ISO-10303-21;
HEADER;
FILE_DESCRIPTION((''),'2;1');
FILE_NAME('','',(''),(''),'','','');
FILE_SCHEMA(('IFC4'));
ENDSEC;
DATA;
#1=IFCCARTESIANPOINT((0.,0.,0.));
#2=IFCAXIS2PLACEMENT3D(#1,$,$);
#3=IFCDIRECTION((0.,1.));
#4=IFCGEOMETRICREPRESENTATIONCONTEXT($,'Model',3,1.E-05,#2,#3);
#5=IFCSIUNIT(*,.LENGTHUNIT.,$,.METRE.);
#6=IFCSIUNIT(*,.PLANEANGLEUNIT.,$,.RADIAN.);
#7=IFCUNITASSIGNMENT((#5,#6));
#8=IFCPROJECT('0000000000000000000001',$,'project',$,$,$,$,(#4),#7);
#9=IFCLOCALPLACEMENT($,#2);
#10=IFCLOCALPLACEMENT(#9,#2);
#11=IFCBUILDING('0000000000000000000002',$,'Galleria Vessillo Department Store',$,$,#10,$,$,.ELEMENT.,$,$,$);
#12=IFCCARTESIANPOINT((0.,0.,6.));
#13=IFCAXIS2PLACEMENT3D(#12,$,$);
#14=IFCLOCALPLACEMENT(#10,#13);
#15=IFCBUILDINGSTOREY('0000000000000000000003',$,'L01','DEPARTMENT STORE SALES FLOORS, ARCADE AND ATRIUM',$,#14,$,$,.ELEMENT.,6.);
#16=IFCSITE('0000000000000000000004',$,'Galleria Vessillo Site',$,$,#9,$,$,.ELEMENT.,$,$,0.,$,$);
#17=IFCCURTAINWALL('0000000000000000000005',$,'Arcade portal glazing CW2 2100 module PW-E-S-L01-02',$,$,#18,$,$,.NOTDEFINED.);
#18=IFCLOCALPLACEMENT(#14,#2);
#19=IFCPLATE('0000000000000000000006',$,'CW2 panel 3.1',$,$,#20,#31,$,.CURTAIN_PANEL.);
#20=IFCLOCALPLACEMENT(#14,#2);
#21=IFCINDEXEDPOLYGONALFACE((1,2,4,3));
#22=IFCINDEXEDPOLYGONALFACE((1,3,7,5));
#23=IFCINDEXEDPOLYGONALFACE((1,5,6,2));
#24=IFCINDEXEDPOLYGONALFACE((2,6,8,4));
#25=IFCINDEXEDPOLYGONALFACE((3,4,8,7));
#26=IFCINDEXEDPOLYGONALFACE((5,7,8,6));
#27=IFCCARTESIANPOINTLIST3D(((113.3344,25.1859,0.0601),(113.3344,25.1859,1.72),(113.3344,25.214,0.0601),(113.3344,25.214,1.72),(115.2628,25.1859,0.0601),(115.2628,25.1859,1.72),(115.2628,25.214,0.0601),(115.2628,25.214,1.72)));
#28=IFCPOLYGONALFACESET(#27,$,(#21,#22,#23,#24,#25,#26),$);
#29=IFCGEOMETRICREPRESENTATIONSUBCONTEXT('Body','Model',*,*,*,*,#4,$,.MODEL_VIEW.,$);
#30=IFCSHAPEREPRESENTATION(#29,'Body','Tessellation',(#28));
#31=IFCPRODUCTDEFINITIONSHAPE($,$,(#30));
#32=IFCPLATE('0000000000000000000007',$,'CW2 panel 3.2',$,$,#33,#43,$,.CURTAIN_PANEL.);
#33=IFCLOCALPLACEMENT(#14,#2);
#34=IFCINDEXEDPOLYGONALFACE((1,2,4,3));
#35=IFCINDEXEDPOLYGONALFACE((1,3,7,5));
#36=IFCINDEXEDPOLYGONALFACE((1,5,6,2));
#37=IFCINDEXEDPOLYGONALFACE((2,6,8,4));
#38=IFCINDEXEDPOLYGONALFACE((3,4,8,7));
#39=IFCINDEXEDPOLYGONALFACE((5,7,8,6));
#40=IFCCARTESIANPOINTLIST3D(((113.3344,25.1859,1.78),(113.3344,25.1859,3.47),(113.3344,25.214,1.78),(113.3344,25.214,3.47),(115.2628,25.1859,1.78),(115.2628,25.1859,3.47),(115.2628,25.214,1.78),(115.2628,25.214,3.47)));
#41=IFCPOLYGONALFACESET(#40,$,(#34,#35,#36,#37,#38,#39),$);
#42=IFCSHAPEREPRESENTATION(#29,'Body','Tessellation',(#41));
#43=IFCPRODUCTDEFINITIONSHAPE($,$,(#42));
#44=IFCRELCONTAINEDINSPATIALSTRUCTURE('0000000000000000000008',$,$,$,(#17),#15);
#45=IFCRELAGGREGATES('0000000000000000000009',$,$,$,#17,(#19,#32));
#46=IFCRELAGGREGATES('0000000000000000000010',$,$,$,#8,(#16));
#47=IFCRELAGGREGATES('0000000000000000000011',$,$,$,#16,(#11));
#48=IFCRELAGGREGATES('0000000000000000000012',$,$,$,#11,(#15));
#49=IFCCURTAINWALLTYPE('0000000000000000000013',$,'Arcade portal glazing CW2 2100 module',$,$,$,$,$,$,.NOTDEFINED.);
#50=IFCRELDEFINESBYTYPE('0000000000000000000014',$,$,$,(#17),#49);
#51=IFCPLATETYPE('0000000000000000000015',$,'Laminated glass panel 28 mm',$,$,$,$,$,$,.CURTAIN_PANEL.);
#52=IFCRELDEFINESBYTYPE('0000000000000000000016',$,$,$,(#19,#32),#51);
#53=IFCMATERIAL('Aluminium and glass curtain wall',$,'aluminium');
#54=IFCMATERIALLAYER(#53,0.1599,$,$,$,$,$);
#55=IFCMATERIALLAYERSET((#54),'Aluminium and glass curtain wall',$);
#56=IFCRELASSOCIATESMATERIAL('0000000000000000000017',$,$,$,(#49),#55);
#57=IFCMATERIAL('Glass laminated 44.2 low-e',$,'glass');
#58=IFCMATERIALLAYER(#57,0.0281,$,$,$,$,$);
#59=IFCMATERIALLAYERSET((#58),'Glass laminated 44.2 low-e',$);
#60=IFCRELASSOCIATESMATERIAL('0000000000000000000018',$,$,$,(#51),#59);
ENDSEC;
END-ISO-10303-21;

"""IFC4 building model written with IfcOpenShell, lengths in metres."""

from ifc_helpers import new_model, si_unit, direction, frame, origin, origin_2d, place, context, subcontext, project, spatial, rectangle, extrude, material, layer, layer_set, type_object, element, aggregate, save


model = new_model("IFC4")

# Units and contexts
model_context = context("Model", 3, precision=1e-05, world=origin(), true_north=direction((0.0, 1.0)))
body_context = subcontext(model_context, "Body", "Model", "MODEL_VIEW")
ifc_project = project(units=[si_unit("LENGTHUNIT", "METRE"), si_unit("PLANEANGLEUNIT", "RADIAN")], contexts=[model_context])

# Site, building, storey
site_placement = place(None, origin())
site = spatial("IfcSite", under=ifc_project, at=site_placement, Name="Galleria Vessillo Site", CompositionType="ELEMENT", RefElevation=0.0)
building_placement = place(site_placement, origin())
building = spatial("IfcBuilding", under=site, at=building_placement, Name="Galleria Vessillo Department Store", CompositionType="ELEMENT")
storey_placement = place(building_placement, frame((0.0, 0.0, 6.0)))
storey = spatial("IfcBuildingStorey", under=building, at=storey_placement, Name="L01", Description="DEPARTMENT STORE SALES FLOORS, ARCADE AND ATRIUM", CompositionType="ELEMENT", Elevation=6.0)

# Shared definitions
ifc_material_1 = material(Name="Aluminium and glass curtain wall", Category="aluminium")
ifc_layer_1 = layer(ifc_material_1, 0.1599)
ifc_layer_set_1 = layer_set([ifc_layer_1], Name="Aluminium and glass curtain wall")
curtain_wall_type = type_object("IfcCurtainWallType", Name="Arcade portal glazing CW2 2100 module", PredefinedType="NOTDEFINED", material=ifc_layer_set_1)

# Curtain wall
curtain_wall_1_placement = place(storey_placement, origin())
curtain_wall_1 = element("IfcCurtainWall", 1, at=curtain_wall_1_placement, inside=storey, type_object=curtain_wall_type, Name="Arcade portal glazing CW2 2100 module PW-E-S-L01-02", PredefinedType="NOTDEFINED")

# Plates
ifc_material_2 = material(Name="Glass laminated 44.2 low-e", Category="glass")
ifc_layer_2 = layer(ifc_material_2, 0.0281)
ifc_layer_set_2 = layer_set([ifc_layer_2], Name="Glass laminated 44.2 low-e")
plate_type = type_object("IfcPlateType", Name="Laminated glass panel 28 mm", PredefinedType="CURTAIN_PANEL", material=ifc_layer_set_2)
plate_1_placement = place(storey_placement, frame((114.2986, 25.2, 0.0601), z_axis=(0.0, 0.0, 1.0), x_axis=(1.0, 0.0, 0.0)))
plate_1 = element("IfcPlate", 2, at=plate_1_placement, type_object=plate_type, Name="CW2 panel 3.1", PredefinedType="CURTAIN_PANEL", context=body_context, shape_type="SweptSolid", body=[
    extrude(rectangle(XDim=1.9285, YDim=0.0281, at=origin_2d()), origin(), (0.0, 0.0, 1.0), 1.6599),
])
plate_2_placement = place(storey_placement, frame((114.2986, 25.2, 1.78), z_axis=(0.0, 0.0, 1.0), x_axis=(1.0, 0.0, 0.0)))
plate_2 = element("IfcPlate", 3, at=plate_2_placement, type_object=plate_type, Name="CW2 panel 3.2", PredefinedType="CURTAIN_PANEL", context=body_context, shape_type="SweptSolid", body=[
    extrude(rectangle(XDim=1.9285, YDim=0.0281, at=origin_2d()), origin(), (0.0, 0.0, 1.0), 1.6899),
])
aggregate(curtain_wall_1, [plate_1, plate_2])

save(model, "model.ifc")
